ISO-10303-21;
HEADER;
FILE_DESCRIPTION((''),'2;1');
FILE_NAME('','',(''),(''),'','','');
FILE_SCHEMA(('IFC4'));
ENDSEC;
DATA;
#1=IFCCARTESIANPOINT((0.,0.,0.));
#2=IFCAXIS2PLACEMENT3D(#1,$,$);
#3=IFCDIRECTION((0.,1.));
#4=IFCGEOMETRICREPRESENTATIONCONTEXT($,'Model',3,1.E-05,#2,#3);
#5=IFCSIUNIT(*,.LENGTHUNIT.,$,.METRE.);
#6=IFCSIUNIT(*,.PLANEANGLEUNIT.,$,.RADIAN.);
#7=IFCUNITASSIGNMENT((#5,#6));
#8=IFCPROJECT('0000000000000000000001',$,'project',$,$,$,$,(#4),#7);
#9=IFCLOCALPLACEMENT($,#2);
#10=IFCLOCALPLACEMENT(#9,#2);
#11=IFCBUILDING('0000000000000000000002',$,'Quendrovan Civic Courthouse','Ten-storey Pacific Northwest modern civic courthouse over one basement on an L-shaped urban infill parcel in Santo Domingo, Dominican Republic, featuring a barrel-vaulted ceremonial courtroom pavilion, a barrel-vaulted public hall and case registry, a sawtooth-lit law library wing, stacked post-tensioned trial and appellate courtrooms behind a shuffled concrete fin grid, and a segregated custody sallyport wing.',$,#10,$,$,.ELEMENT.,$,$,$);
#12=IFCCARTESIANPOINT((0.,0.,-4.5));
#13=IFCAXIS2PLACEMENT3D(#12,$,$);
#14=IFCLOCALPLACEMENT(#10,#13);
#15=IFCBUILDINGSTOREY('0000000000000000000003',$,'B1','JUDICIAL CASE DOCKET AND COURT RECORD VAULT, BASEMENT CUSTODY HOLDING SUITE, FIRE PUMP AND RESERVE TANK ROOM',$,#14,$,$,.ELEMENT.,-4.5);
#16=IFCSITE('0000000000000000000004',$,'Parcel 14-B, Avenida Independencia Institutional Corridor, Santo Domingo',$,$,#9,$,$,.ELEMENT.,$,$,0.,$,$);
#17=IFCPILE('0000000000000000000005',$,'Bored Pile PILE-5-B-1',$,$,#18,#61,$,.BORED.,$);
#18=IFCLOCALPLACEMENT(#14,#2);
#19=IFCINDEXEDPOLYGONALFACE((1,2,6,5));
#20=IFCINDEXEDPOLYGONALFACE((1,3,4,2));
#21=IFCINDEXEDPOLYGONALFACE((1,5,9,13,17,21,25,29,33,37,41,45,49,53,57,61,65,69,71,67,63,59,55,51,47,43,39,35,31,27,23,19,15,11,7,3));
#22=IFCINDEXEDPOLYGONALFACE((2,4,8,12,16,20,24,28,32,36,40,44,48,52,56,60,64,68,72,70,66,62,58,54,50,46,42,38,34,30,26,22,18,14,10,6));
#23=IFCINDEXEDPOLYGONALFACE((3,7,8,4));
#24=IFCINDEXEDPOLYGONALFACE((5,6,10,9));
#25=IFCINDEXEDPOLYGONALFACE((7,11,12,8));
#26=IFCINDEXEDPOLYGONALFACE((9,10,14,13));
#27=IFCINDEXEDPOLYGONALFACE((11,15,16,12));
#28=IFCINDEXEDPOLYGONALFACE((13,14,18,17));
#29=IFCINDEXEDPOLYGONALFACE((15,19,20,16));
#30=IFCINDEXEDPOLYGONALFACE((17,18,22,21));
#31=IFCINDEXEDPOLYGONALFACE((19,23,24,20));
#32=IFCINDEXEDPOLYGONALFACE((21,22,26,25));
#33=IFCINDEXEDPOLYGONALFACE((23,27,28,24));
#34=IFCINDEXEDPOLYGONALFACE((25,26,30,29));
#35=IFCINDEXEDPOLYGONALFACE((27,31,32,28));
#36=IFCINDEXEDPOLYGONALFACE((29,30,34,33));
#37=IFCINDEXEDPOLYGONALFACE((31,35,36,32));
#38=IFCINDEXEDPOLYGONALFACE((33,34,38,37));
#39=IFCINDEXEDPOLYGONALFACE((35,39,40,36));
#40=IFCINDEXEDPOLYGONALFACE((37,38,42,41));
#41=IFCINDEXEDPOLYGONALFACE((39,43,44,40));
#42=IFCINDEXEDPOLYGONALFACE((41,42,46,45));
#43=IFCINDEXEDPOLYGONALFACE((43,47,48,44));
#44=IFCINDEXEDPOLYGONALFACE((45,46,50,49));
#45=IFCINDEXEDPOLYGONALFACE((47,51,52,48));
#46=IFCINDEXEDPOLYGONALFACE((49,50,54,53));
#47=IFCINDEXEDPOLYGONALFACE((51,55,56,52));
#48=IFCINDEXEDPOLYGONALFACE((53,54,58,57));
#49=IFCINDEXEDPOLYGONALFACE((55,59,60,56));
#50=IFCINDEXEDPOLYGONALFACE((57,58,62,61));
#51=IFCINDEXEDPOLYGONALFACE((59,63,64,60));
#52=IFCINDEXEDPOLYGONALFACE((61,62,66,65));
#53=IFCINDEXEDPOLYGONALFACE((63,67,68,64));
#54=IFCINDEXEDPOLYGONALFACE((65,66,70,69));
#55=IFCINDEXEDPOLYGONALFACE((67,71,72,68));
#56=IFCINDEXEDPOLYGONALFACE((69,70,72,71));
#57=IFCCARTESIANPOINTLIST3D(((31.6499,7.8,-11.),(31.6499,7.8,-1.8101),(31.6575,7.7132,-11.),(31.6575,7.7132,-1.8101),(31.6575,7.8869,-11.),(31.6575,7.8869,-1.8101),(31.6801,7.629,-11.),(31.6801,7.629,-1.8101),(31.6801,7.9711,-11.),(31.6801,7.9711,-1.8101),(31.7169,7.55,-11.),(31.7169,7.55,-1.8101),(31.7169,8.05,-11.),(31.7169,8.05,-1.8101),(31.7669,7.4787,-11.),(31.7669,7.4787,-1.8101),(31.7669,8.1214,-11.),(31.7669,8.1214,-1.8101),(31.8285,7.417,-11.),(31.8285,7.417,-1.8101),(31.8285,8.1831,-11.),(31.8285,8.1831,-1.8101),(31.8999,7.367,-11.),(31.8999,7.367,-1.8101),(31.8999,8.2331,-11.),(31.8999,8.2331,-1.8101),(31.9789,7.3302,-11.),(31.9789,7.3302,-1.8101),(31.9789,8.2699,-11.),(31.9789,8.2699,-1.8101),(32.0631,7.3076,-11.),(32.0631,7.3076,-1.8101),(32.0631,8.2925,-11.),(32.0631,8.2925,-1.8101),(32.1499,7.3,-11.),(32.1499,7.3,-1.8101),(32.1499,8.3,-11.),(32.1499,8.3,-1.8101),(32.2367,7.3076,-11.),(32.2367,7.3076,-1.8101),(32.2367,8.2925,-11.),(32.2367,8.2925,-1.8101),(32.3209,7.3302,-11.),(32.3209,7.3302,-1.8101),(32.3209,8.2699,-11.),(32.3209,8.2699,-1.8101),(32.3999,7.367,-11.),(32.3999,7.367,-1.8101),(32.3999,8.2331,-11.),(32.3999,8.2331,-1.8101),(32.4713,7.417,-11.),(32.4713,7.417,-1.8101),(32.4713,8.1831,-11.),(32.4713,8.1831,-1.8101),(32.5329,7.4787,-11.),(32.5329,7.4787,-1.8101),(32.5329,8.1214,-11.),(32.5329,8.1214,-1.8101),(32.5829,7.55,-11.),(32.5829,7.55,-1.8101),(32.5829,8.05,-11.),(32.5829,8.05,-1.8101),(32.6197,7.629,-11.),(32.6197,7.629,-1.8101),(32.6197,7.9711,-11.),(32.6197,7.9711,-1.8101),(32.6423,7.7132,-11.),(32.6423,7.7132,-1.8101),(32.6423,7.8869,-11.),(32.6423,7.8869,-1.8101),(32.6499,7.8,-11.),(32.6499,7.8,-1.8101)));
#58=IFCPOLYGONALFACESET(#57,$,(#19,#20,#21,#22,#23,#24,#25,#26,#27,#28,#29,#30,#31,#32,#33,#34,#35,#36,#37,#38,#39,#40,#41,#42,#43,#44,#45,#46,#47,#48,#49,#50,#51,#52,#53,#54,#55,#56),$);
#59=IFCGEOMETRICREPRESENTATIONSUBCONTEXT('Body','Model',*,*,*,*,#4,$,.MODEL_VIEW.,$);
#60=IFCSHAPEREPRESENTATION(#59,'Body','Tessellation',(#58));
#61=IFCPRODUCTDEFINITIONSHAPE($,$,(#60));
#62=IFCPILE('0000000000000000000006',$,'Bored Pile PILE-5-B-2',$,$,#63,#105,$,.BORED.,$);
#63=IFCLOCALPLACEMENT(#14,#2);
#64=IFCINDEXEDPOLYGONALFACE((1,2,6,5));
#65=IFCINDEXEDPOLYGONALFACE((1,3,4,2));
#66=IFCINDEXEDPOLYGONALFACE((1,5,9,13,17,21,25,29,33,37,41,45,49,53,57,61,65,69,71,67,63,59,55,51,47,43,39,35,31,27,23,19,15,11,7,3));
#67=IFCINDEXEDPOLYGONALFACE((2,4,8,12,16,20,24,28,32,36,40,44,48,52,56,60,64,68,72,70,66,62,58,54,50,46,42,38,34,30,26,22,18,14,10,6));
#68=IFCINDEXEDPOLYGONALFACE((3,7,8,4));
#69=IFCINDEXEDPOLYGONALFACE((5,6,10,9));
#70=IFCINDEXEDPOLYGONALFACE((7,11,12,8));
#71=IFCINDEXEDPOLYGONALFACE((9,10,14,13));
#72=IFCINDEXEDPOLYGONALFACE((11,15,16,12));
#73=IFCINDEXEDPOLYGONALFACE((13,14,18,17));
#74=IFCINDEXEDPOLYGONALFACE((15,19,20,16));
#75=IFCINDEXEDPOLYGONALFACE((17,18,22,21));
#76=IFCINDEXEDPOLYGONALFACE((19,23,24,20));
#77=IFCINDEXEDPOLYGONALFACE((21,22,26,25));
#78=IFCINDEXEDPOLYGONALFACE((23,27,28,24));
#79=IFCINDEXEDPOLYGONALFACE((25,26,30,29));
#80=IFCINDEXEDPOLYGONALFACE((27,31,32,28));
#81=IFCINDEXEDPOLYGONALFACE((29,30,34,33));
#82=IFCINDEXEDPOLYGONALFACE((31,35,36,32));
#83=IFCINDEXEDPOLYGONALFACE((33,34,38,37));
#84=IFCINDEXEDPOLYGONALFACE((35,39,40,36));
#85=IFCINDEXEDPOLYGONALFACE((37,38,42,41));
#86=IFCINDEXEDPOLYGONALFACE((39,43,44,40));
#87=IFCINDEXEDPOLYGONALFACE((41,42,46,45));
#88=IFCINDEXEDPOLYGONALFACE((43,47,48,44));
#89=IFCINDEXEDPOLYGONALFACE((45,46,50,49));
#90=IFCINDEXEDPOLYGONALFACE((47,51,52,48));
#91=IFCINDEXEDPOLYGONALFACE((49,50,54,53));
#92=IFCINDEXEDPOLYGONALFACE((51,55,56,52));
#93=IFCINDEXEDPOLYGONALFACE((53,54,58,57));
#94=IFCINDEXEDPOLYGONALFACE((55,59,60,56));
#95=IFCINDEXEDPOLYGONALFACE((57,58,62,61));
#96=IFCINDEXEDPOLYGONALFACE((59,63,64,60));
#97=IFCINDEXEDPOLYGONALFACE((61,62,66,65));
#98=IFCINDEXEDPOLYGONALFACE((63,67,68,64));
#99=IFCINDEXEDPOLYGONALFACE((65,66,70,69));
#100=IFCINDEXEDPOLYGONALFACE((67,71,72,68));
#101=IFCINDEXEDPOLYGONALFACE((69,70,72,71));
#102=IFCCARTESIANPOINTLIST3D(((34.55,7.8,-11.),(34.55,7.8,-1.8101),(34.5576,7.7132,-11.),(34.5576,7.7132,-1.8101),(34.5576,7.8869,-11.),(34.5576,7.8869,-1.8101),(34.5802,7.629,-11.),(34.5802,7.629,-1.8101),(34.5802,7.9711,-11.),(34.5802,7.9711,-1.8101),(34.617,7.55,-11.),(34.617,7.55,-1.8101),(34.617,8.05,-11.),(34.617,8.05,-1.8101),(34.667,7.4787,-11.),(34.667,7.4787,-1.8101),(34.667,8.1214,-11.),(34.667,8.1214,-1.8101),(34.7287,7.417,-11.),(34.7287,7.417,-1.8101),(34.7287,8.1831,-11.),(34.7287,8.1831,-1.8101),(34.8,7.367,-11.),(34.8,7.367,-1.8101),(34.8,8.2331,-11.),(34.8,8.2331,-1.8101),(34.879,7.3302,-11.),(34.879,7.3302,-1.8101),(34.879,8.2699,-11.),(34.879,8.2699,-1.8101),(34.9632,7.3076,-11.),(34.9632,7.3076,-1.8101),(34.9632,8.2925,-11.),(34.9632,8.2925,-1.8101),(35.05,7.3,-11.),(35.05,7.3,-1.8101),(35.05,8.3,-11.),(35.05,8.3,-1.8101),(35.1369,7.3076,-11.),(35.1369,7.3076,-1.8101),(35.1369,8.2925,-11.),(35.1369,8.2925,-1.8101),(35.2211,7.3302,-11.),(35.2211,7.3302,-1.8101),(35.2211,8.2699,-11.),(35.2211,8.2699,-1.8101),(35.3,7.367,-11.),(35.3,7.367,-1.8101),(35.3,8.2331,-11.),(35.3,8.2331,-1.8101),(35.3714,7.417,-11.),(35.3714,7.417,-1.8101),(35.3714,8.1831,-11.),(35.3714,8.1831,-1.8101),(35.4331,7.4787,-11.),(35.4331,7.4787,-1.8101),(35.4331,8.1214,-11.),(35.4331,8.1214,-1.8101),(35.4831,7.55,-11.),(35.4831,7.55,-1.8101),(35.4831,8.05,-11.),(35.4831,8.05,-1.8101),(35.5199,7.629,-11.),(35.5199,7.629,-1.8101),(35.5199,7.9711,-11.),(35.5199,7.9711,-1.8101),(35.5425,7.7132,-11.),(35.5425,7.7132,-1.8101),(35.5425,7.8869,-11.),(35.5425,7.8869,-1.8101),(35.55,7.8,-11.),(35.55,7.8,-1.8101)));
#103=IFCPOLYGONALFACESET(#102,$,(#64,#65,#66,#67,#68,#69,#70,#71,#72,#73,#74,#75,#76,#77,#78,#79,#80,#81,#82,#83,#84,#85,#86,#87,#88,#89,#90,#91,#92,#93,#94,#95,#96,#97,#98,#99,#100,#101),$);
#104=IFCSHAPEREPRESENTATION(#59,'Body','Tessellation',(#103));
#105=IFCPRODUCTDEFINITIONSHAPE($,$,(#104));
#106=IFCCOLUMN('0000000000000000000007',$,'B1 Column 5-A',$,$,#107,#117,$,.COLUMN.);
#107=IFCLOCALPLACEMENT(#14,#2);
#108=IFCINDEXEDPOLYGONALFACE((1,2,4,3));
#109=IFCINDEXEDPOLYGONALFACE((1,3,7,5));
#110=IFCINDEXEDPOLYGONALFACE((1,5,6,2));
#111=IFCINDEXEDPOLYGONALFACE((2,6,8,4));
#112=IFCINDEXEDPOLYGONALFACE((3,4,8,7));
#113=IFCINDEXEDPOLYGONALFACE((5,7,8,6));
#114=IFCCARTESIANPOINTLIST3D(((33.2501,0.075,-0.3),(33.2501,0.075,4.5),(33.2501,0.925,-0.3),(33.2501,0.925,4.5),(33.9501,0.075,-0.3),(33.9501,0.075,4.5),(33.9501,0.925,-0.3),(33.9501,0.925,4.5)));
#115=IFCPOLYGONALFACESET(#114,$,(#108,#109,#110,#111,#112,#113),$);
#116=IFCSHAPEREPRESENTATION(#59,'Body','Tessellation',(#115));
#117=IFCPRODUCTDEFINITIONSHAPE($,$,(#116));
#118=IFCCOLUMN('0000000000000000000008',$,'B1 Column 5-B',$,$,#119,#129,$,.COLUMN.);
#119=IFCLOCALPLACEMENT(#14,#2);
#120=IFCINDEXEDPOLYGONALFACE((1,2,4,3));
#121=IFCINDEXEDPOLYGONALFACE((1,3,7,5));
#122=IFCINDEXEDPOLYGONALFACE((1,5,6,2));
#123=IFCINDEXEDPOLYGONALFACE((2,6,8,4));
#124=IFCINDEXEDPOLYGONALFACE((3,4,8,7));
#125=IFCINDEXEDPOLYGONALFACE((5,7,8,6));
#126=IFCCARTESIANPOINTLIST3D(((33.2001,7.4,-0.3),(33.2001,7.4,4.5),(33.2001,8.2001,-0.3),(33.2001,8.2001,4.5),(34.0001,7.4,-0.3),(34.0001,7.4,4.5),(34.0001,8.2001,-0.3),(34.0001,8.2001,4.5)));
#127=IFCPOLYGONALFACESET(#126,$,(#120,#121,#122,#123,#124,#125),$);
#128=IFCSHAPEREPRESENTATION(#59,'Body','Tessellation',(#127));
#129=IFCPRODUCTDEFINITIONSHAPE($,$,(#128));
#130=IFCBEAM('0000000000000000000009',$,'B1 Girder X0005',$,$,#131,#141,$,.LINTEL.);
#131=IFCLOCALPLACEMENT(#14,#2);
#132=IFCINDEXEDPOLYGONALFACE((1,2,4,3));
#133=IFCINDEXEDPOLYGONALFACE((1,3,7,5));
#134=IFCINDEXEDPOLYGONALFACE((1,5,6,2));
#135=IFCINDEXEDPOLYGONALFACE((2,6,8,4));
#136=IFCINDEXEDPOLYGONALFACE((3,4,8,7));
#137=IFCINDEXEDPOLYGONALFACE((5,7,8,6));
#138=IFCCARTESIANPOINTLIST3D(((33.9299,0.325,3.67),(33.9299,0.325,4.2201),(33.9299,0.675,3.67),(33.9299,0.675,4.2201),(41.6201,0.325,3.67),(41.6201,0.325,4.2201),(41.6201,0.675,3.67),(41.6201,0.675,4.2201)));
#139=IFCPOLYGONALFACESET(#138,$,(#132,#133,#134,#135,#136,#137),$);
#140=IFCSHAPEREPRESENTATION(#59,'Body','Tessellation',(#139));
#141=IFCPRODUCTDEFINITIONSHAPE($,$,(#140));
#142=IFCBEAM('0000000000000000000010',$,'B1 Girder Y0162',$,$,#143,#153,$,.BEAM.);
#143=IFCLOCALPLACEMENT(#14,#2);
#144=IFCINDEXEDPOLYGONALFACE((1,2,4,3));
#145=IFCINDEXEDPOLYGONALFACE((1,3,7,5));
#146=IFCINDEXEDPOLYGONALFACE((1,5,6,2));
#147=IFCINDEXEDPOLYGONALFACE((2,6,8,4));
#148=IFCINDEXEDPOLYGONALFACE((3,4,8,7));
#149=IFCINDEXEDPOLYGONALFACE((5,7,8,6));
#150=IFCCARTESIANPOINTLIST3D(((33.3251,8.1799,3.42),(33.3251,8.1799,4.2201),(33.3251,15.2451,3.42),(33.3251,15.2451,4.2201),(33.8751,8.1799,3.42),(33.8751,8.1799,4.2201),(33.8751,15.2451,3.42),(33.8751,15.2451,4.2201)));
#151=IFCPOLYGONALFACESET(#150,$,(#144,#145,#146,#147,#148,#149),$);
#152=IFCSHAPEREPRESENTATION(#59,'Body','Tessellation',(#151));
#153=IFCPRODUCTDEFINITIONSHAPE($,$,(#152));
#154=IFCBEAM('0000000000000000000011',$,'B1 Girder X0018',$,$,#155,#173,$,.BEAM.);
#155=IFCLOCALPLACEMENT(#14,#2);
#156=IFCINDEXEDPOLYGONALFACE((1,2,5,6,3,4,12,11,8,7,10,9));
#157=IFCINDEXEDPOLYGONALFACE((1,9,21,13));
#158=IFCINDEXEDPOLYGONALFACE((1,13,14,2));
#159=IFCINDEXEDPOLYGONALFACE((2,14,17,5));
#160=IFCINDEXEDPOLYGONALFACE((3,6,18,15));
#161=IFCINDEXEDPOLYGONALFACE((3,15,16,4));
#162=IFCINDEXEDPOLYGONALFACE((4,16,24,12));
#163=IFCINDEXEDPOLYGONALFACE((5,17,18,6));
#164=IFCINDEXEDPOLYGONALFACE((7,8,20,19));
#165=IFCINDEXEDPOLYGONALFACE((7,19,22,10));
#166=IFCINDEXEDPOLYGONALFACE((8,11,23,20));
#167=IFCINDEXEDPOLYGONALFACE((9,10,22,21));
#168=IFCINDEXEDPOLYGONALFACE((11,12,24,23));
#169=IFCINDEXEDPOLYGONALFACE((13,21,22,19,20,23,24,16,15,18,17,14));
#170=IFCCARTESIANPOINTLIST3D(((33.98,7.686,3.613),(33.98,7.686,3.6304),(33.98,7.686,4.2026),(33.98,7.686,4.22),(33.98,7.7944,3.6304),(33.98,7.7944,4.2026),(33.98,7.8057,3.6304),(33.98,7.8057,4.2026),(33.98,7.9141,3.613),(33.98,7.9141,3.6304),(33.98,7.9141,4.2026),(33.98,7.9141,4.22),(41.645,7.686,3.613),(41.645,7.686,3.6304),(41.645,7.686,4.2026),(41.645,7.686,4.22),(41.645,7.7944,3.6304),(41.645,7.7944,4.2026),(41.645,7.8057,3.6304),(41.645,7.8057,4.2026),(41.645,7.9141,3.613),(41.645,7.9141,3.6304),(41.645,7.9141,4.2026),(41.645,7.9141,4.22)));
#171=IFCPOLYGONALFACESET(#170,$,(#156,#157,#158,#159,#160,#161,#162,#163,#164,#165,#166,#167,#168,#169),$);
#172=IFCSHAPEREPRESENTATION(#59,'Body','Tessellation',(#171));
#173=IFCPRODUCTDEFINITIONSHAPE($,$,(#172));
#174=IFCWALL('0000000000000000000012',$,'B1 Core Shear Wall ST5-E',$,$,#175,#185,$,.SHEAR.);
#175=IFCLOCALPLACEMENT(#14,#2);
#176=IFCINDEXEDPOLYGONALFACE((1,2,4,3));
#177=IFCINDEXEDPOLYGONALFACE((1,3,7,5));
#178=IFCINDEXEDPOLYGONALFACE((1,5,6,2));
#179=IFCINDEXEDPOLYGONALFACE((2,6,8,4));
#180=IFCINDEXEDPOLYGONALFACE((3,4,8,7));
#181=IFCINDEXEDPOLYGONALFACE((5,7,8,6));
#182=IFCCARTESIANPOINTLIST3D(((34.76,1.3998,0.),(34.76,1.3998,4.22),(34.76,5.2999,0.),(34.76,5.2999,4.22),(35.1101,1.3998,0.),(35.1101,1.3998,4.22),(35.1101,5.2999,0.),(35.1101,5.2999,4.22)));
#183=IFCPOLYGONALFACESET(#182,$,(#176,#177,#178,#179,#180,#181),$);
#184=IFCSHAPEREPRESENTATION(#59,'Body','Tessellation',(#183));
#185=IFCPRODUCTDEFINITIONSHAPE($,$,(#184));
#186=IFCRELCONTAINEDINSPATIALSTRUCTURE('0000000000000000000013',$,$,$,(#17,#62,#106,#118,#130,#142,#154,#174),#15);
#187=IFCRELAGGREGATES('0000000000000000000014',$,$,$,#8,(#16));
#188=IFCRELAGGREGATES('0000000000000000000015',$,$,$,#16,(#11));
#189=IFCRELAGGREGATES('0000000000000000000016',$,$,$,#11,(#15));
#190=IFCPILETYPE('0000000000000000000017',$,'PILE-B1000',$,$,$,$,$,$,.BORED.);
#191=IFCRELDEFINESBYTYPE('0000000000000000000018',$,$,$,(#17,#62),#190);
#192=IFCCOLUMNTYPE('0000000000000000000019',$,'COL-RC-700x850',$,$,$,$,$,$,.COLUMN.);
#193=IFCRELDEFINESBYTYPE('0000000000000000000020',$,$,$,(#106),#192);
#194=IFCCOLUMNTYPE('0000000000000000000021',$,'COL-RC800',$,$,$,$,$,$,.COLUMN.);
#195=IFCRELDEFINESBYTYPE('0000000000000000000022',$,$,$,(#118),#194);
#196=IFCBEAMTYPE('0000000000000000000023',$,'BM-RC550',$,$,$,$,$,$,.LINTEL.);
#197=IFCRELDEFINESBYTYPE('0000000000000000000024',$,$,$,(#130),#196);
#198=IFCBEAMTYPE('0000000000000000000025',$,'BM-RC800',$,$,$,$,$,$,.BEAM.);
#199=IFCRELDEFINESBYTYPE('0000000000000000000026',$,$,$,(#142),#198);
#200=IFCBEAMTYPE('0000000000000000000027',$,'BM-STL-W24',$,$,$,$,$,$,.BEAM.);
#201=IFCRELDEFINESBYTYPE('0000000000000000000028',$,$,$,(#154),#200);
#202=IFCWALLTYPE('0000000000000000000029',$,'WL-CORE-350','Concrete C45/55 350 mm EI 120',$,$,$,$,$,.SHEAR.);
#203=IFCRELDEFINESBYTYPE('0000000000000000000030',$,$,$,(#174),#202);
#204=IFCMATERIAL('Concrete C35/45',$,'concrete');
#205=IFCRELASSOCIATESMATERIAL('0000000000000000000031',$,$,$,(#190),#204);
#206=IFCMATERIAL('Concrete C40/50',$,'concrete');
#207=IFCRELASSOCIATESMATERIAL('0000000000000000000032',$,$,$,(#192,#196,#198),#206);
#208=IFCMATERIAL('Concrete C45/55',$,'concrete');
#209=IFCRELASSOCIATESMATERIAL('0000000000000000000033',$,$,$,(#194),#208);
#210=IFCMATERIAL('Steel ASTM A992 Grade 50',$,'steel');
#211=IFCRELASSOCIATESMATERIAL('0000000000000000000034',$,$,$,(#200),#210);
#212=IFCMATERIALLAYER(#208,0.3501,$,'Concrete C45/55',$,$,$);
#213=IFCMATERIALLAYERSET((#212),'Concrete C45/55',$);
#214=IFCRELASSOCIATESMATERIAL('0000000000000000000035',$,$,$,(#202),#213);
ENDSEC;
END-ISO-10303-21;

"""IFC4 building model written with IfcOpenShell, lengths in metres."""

from ifc_helpers import new_model, si_unit, direction, frame, frame_2d, origin, origin_2d, place, context, subcontext, project, spatial, rectangle, circle, i_section, extrude, material, layer, layer_set, material_profile, profile_set, type_object, element, save


model = new_model("IFC4")

# Units and contexts
model_context = context("Model", 3, precision=1e-05, world=origin(), true_north=direction((0.0, 1.0)))
body_context = subcontext(model_context, "Body", "Model", "MODEL_VIEW")
ifc_project = project(units=[si_unit("LENGTHUNIT", "METRE"), si_unit("PLANEANGLEUNIT", "RADIAN")], contexts=[model_context])

# Site, building, storey
site_placement = place(None, origin())
site = spatial("IfcSite", under=ifc_project, at=site_placement, Name="Parcel 14-B, Avenida Independencia Institutional Corridor, Santo Domingo", CompositionType="ELEMENT", RefElevation=0.0)
building_placement = place(site_placement, origin())
building = spatial("IfcBuilding", under=site, at=building_placement, Name="Quendrovan Civic Courthouse", Description="Ten-storey Pacific Northwest modern civic courthouse over one basement on an L-shaped urban infill parcel in Santo Domingo, Dominican Republic, featuring a barrel-vaulted ceremonial courtroom pavilion, a barrel-vaulted public hall and case registry, a sawtooth-lit law library wing, stacked post-tensioned trial and appellate courtrooms behind a shuffled concrete fin grid, and a segregated custody sallyport wing.", CompositionType="ELEMENT")
storey_placement = place(building_placement, frame((0.0, 0.0, -4.5)))
storey = spatial("IfcBuildingStorey", under=building, at=storey_placement, Name="B1", Description="JUDICIAL CASE DOCKET AND COURT RECORD VAULT, BASEMENT CUSTODY HOLDING SUITE, FIRE PUMP AND RESERVE TANK ROOM", CompositionType="ELEMENT", Elevation=-4.5)

# Shared definitions
ifc_material_1 = material(Name="Concrete C35/45", Category="concrete")

# Piles
ifc_material_profile_1 = material_profile(ifc_material_1, circle(Radius=0.5, at=origin_2d()), Name="PILE-D1000")
ifc_profile_set_1 = profile_set([ifc_material_profile_1], Name="Concrete C35/45")
pile_type = type_object("IfcPileType", Name="PILE-B1000", PredefinedType="BORED", material=ifc_profile_set_1)
for number, where, z_axis, x_axis, name in (
    (1, (32.1499, 7.8, -1.8101), (0.0, 0.0, -1.0), (1.0, 0.0, 0.0), "Bored Pile PILE-5-B-1"),
    (2, (35.05, 7.8, -1.8101), (0.0, 0.0, -1.0), (1.0, 0.0, 0.0), "Bored Pile PILE-5-B-2"),
):
    element("IfcPile", number, at=place(storey_placement, frame(where, z_axis=z_axis, x_axis=x_axis)), inside=storey, type_object=pile_type, Name=name, PredefinedType="BORED", context=body_context, shape_type="SweptSolid", body=[
        extrude(circle(Radius=0.5, at=origin_2d()), origin(), (0.0, 0.0, 1.0), 9.1899),
    ])

# Columns
ifc_material_2 = material(Name="Concrete C40/50", Category="concrete")
ifc_material_profile_2 = material_profile(ifc_material_2, rectangle(XDim=0.7, YDim=0.8501, at=origin_2d()), Name="RC-COL-700x850")
ifc_profile_set_2 = profile_set([ifc_material_profile_2], Name="Concrete C40/50")
column_type_1 = type_object("IfcColumnType", Name="COL-RC-700x850", PredefinedType="COLUMN", material=ifc_profile_set_2)
column_1_placement = place(storey_placement, frame((33.6001, 0.5, -0.3), z_axis=(0.0, 0.0, 1.0), x_axis=(1.0, 0.0, 0.0)))
element("IfcColumn", 3, at=column_1_placement, inside=storey, type_object=column_type_1, Name="B1 Column 5-A", PredefinedType="COLUMN", context=body_context, shape_type="SweptSolid", body=[
    extrude(rectangle(XDim=0.7, YDim=0.8501, at=origin_2d()), origin(), (0.0, 0.0, 1.0), 4.8),
])
ifc_material_3 = material(Name="Concrete C45/55", Category="concrete")
ifc_material_profile_3 = material_profile(ifc_material_3, rectangle(XDim=0.8, YDim=0.8, at=origin_2d()), Name="RC-COL-800x800")
ifc_profile_set_3 = profile_set([ifc_material_profile_3], Name="Concrete C45/55")
column_type_2 = type_object("IfcColumnType", Name="COL-RC800", PredefinedType="COLUMN", material=ifc_profile_set_3)
column_2_placement = place(storey_placement, frame((33.6001, 7.8, -0.3), z_axis=(0.0, 0.0, 1.0), x_axis=(1.0, 0.0, 0.0)))
element("IfcColumn", 4, at=column_2_placement, inside=storey, type_object=column_type_2, Name="B1 Column 5-B", PredefinedType="COLUMN", context=body_context, shape_type="SweptSolid", body=[
    extrude(rectangle(XDim=0.8, YDim=0.8, at=origin_2d()), origin(), (0.0, 0.0, 1.0), 4.8),
])

# Beams
ifc_material_profile_4 = material_profile(ifc_material_2, rectangle(XDim=0.3501, YDim=0.55, at=origin_2d()), Name="RC-BM-350x550")
ifc_profile_set_4 = profile_set([ifc_material_profile_4], Name="Concrete C40/50")
beam_type_1 = type_object("IfcBeamType", Name="BM-RC550", PredefinedType="LINTEL", material=ifc_profile_set_4)
beam_1_placement = place(storey_placement, frame((33.9299, 0.5, 3.9451), z_axis=(1.0, 0.0, 0.0), x_axis=(0.0, 1.0, 0.0)))
element("IfcBeam", 5, at=beam_1_placement, inside=storey, type_object=beam_type_1, Name="B1 Girder X0005", PredefinedType="LINTEL", context=body_context, shape_type="SweptSolid", body=[
    extrude(rectangle(XDim=0.3501, YDim=0.55, at=origin_2d()), origin(), (0.0, 0.0, 1.0), 7.6902),
])
ifc_material_profile_5 = material_profile(ifc_material_2, rectangle(XDim=0.55, YDim=0.8, at=origin_2d()), Name="RC-BM-550x800")
ifc_profile_set_5 = profile_set([ifc_material_profile_5], Name="Concrete C40/50")
beam_type_2 = type_object("IfcBeamType", Name="BM-RC800", PredefinedType="BEAM", material=ifc_profile_set_5)
beam_2_placement = place(storey_placement, frame((33.6001, 8.1799, 3.8201), z_axis=(0.0, 1.0, 0.0), x_axis=(-1.0, 0.0, 0.0)))
element("IfcBeam", 6, at=beam_2_placement, inside=storey, type_object=beam_type_2, Name="B1 Girder Y0162", PredefinedType="BEAM", context=body_context, shape_type="SweptSolid", body=[
    extrude(rectangle(XDim=0.55, YDim=0.8, at=origin_2d()), origin(), (0.0, 0.0, 1.0), 7.0652),
])
ifc_material_4 = material(Name="Steel ASTM A992 Grade 50", Category="steel")
ifc_material_profile_6 = material_profile(ifc_material_4, i_section(OverallWidth=0.228, OverallDepth=0.6069, WebThickness=0.0112, FlangeThickness=0.0173, at=origin_2d()), Name="W24X76")
ifc_profile_set_6 = profile_set([ifc_material_profile_6], Name="Steel ASTM A992 Grade 50")
beam_type_3 = type_object("IfcBeamType", Name="BM-STL-W24", PredefinedType="BEAM", material=ifc_profile_set_6)
beam_3_placement = place(storey_placement, frame((33.98, 7.8, 3.9165), z_axis=(1.0, 0.0, 0.0), x_axis=(0.0, 1.0, 0.0)))
element("IfcBeam", 7, at=beam_3_placement, inside=storey, type_object=beam_type_3, Name="B1 Girder X0018", PredefinedType="BEAM", context=body_context, shape_type="SweptSolid", body=[
    extrude(i_section(OverallWidth=0.228, OverallDepth=0.6069, WebThickness=0.0112, FlangeThickness=0.0173, at=origin_2d()), origin(), (0.0, 0.0, 1.0), 7.665),
])

# Wall
ifc_layer_1 = layer(ifc_material_3, 0.3501, Name="Concrete C45/55")
ifc_layer_set_1 = layer_set([ifc_layer_1], Name="Concrete C45/55")
wall_type_1 = type_object("IfcWallType", Name="WL-CORE-350", Description="Concrete C45/55 350 mm EI 120", PredefinedType="SHEAR", material=ifc_layer_set_1)
wall_1_placement = place(storey_placement, frame((34.9351, 5.3, 0.0), z_axis=(0.0, 0.0, 1.0), x_axis=(0.0, -1.0, 0.0)))
element("IfcWall", 8, at=wall_1_placement, inside=storey, type_object=wall_type_1, Name="B1 Core Shear Wall ST5-E", PredefinedType="SHEAR", context=body_context, shape_type="SweptSolid", body=[
    extrude(rectangle(XDim=3.9001, YDim=0.3501, at=frame_2d((1.9502, 0.0))), origin(), (0.0, 0.0, 1.0), 4.22),
])

save(model, "model.ifc")
